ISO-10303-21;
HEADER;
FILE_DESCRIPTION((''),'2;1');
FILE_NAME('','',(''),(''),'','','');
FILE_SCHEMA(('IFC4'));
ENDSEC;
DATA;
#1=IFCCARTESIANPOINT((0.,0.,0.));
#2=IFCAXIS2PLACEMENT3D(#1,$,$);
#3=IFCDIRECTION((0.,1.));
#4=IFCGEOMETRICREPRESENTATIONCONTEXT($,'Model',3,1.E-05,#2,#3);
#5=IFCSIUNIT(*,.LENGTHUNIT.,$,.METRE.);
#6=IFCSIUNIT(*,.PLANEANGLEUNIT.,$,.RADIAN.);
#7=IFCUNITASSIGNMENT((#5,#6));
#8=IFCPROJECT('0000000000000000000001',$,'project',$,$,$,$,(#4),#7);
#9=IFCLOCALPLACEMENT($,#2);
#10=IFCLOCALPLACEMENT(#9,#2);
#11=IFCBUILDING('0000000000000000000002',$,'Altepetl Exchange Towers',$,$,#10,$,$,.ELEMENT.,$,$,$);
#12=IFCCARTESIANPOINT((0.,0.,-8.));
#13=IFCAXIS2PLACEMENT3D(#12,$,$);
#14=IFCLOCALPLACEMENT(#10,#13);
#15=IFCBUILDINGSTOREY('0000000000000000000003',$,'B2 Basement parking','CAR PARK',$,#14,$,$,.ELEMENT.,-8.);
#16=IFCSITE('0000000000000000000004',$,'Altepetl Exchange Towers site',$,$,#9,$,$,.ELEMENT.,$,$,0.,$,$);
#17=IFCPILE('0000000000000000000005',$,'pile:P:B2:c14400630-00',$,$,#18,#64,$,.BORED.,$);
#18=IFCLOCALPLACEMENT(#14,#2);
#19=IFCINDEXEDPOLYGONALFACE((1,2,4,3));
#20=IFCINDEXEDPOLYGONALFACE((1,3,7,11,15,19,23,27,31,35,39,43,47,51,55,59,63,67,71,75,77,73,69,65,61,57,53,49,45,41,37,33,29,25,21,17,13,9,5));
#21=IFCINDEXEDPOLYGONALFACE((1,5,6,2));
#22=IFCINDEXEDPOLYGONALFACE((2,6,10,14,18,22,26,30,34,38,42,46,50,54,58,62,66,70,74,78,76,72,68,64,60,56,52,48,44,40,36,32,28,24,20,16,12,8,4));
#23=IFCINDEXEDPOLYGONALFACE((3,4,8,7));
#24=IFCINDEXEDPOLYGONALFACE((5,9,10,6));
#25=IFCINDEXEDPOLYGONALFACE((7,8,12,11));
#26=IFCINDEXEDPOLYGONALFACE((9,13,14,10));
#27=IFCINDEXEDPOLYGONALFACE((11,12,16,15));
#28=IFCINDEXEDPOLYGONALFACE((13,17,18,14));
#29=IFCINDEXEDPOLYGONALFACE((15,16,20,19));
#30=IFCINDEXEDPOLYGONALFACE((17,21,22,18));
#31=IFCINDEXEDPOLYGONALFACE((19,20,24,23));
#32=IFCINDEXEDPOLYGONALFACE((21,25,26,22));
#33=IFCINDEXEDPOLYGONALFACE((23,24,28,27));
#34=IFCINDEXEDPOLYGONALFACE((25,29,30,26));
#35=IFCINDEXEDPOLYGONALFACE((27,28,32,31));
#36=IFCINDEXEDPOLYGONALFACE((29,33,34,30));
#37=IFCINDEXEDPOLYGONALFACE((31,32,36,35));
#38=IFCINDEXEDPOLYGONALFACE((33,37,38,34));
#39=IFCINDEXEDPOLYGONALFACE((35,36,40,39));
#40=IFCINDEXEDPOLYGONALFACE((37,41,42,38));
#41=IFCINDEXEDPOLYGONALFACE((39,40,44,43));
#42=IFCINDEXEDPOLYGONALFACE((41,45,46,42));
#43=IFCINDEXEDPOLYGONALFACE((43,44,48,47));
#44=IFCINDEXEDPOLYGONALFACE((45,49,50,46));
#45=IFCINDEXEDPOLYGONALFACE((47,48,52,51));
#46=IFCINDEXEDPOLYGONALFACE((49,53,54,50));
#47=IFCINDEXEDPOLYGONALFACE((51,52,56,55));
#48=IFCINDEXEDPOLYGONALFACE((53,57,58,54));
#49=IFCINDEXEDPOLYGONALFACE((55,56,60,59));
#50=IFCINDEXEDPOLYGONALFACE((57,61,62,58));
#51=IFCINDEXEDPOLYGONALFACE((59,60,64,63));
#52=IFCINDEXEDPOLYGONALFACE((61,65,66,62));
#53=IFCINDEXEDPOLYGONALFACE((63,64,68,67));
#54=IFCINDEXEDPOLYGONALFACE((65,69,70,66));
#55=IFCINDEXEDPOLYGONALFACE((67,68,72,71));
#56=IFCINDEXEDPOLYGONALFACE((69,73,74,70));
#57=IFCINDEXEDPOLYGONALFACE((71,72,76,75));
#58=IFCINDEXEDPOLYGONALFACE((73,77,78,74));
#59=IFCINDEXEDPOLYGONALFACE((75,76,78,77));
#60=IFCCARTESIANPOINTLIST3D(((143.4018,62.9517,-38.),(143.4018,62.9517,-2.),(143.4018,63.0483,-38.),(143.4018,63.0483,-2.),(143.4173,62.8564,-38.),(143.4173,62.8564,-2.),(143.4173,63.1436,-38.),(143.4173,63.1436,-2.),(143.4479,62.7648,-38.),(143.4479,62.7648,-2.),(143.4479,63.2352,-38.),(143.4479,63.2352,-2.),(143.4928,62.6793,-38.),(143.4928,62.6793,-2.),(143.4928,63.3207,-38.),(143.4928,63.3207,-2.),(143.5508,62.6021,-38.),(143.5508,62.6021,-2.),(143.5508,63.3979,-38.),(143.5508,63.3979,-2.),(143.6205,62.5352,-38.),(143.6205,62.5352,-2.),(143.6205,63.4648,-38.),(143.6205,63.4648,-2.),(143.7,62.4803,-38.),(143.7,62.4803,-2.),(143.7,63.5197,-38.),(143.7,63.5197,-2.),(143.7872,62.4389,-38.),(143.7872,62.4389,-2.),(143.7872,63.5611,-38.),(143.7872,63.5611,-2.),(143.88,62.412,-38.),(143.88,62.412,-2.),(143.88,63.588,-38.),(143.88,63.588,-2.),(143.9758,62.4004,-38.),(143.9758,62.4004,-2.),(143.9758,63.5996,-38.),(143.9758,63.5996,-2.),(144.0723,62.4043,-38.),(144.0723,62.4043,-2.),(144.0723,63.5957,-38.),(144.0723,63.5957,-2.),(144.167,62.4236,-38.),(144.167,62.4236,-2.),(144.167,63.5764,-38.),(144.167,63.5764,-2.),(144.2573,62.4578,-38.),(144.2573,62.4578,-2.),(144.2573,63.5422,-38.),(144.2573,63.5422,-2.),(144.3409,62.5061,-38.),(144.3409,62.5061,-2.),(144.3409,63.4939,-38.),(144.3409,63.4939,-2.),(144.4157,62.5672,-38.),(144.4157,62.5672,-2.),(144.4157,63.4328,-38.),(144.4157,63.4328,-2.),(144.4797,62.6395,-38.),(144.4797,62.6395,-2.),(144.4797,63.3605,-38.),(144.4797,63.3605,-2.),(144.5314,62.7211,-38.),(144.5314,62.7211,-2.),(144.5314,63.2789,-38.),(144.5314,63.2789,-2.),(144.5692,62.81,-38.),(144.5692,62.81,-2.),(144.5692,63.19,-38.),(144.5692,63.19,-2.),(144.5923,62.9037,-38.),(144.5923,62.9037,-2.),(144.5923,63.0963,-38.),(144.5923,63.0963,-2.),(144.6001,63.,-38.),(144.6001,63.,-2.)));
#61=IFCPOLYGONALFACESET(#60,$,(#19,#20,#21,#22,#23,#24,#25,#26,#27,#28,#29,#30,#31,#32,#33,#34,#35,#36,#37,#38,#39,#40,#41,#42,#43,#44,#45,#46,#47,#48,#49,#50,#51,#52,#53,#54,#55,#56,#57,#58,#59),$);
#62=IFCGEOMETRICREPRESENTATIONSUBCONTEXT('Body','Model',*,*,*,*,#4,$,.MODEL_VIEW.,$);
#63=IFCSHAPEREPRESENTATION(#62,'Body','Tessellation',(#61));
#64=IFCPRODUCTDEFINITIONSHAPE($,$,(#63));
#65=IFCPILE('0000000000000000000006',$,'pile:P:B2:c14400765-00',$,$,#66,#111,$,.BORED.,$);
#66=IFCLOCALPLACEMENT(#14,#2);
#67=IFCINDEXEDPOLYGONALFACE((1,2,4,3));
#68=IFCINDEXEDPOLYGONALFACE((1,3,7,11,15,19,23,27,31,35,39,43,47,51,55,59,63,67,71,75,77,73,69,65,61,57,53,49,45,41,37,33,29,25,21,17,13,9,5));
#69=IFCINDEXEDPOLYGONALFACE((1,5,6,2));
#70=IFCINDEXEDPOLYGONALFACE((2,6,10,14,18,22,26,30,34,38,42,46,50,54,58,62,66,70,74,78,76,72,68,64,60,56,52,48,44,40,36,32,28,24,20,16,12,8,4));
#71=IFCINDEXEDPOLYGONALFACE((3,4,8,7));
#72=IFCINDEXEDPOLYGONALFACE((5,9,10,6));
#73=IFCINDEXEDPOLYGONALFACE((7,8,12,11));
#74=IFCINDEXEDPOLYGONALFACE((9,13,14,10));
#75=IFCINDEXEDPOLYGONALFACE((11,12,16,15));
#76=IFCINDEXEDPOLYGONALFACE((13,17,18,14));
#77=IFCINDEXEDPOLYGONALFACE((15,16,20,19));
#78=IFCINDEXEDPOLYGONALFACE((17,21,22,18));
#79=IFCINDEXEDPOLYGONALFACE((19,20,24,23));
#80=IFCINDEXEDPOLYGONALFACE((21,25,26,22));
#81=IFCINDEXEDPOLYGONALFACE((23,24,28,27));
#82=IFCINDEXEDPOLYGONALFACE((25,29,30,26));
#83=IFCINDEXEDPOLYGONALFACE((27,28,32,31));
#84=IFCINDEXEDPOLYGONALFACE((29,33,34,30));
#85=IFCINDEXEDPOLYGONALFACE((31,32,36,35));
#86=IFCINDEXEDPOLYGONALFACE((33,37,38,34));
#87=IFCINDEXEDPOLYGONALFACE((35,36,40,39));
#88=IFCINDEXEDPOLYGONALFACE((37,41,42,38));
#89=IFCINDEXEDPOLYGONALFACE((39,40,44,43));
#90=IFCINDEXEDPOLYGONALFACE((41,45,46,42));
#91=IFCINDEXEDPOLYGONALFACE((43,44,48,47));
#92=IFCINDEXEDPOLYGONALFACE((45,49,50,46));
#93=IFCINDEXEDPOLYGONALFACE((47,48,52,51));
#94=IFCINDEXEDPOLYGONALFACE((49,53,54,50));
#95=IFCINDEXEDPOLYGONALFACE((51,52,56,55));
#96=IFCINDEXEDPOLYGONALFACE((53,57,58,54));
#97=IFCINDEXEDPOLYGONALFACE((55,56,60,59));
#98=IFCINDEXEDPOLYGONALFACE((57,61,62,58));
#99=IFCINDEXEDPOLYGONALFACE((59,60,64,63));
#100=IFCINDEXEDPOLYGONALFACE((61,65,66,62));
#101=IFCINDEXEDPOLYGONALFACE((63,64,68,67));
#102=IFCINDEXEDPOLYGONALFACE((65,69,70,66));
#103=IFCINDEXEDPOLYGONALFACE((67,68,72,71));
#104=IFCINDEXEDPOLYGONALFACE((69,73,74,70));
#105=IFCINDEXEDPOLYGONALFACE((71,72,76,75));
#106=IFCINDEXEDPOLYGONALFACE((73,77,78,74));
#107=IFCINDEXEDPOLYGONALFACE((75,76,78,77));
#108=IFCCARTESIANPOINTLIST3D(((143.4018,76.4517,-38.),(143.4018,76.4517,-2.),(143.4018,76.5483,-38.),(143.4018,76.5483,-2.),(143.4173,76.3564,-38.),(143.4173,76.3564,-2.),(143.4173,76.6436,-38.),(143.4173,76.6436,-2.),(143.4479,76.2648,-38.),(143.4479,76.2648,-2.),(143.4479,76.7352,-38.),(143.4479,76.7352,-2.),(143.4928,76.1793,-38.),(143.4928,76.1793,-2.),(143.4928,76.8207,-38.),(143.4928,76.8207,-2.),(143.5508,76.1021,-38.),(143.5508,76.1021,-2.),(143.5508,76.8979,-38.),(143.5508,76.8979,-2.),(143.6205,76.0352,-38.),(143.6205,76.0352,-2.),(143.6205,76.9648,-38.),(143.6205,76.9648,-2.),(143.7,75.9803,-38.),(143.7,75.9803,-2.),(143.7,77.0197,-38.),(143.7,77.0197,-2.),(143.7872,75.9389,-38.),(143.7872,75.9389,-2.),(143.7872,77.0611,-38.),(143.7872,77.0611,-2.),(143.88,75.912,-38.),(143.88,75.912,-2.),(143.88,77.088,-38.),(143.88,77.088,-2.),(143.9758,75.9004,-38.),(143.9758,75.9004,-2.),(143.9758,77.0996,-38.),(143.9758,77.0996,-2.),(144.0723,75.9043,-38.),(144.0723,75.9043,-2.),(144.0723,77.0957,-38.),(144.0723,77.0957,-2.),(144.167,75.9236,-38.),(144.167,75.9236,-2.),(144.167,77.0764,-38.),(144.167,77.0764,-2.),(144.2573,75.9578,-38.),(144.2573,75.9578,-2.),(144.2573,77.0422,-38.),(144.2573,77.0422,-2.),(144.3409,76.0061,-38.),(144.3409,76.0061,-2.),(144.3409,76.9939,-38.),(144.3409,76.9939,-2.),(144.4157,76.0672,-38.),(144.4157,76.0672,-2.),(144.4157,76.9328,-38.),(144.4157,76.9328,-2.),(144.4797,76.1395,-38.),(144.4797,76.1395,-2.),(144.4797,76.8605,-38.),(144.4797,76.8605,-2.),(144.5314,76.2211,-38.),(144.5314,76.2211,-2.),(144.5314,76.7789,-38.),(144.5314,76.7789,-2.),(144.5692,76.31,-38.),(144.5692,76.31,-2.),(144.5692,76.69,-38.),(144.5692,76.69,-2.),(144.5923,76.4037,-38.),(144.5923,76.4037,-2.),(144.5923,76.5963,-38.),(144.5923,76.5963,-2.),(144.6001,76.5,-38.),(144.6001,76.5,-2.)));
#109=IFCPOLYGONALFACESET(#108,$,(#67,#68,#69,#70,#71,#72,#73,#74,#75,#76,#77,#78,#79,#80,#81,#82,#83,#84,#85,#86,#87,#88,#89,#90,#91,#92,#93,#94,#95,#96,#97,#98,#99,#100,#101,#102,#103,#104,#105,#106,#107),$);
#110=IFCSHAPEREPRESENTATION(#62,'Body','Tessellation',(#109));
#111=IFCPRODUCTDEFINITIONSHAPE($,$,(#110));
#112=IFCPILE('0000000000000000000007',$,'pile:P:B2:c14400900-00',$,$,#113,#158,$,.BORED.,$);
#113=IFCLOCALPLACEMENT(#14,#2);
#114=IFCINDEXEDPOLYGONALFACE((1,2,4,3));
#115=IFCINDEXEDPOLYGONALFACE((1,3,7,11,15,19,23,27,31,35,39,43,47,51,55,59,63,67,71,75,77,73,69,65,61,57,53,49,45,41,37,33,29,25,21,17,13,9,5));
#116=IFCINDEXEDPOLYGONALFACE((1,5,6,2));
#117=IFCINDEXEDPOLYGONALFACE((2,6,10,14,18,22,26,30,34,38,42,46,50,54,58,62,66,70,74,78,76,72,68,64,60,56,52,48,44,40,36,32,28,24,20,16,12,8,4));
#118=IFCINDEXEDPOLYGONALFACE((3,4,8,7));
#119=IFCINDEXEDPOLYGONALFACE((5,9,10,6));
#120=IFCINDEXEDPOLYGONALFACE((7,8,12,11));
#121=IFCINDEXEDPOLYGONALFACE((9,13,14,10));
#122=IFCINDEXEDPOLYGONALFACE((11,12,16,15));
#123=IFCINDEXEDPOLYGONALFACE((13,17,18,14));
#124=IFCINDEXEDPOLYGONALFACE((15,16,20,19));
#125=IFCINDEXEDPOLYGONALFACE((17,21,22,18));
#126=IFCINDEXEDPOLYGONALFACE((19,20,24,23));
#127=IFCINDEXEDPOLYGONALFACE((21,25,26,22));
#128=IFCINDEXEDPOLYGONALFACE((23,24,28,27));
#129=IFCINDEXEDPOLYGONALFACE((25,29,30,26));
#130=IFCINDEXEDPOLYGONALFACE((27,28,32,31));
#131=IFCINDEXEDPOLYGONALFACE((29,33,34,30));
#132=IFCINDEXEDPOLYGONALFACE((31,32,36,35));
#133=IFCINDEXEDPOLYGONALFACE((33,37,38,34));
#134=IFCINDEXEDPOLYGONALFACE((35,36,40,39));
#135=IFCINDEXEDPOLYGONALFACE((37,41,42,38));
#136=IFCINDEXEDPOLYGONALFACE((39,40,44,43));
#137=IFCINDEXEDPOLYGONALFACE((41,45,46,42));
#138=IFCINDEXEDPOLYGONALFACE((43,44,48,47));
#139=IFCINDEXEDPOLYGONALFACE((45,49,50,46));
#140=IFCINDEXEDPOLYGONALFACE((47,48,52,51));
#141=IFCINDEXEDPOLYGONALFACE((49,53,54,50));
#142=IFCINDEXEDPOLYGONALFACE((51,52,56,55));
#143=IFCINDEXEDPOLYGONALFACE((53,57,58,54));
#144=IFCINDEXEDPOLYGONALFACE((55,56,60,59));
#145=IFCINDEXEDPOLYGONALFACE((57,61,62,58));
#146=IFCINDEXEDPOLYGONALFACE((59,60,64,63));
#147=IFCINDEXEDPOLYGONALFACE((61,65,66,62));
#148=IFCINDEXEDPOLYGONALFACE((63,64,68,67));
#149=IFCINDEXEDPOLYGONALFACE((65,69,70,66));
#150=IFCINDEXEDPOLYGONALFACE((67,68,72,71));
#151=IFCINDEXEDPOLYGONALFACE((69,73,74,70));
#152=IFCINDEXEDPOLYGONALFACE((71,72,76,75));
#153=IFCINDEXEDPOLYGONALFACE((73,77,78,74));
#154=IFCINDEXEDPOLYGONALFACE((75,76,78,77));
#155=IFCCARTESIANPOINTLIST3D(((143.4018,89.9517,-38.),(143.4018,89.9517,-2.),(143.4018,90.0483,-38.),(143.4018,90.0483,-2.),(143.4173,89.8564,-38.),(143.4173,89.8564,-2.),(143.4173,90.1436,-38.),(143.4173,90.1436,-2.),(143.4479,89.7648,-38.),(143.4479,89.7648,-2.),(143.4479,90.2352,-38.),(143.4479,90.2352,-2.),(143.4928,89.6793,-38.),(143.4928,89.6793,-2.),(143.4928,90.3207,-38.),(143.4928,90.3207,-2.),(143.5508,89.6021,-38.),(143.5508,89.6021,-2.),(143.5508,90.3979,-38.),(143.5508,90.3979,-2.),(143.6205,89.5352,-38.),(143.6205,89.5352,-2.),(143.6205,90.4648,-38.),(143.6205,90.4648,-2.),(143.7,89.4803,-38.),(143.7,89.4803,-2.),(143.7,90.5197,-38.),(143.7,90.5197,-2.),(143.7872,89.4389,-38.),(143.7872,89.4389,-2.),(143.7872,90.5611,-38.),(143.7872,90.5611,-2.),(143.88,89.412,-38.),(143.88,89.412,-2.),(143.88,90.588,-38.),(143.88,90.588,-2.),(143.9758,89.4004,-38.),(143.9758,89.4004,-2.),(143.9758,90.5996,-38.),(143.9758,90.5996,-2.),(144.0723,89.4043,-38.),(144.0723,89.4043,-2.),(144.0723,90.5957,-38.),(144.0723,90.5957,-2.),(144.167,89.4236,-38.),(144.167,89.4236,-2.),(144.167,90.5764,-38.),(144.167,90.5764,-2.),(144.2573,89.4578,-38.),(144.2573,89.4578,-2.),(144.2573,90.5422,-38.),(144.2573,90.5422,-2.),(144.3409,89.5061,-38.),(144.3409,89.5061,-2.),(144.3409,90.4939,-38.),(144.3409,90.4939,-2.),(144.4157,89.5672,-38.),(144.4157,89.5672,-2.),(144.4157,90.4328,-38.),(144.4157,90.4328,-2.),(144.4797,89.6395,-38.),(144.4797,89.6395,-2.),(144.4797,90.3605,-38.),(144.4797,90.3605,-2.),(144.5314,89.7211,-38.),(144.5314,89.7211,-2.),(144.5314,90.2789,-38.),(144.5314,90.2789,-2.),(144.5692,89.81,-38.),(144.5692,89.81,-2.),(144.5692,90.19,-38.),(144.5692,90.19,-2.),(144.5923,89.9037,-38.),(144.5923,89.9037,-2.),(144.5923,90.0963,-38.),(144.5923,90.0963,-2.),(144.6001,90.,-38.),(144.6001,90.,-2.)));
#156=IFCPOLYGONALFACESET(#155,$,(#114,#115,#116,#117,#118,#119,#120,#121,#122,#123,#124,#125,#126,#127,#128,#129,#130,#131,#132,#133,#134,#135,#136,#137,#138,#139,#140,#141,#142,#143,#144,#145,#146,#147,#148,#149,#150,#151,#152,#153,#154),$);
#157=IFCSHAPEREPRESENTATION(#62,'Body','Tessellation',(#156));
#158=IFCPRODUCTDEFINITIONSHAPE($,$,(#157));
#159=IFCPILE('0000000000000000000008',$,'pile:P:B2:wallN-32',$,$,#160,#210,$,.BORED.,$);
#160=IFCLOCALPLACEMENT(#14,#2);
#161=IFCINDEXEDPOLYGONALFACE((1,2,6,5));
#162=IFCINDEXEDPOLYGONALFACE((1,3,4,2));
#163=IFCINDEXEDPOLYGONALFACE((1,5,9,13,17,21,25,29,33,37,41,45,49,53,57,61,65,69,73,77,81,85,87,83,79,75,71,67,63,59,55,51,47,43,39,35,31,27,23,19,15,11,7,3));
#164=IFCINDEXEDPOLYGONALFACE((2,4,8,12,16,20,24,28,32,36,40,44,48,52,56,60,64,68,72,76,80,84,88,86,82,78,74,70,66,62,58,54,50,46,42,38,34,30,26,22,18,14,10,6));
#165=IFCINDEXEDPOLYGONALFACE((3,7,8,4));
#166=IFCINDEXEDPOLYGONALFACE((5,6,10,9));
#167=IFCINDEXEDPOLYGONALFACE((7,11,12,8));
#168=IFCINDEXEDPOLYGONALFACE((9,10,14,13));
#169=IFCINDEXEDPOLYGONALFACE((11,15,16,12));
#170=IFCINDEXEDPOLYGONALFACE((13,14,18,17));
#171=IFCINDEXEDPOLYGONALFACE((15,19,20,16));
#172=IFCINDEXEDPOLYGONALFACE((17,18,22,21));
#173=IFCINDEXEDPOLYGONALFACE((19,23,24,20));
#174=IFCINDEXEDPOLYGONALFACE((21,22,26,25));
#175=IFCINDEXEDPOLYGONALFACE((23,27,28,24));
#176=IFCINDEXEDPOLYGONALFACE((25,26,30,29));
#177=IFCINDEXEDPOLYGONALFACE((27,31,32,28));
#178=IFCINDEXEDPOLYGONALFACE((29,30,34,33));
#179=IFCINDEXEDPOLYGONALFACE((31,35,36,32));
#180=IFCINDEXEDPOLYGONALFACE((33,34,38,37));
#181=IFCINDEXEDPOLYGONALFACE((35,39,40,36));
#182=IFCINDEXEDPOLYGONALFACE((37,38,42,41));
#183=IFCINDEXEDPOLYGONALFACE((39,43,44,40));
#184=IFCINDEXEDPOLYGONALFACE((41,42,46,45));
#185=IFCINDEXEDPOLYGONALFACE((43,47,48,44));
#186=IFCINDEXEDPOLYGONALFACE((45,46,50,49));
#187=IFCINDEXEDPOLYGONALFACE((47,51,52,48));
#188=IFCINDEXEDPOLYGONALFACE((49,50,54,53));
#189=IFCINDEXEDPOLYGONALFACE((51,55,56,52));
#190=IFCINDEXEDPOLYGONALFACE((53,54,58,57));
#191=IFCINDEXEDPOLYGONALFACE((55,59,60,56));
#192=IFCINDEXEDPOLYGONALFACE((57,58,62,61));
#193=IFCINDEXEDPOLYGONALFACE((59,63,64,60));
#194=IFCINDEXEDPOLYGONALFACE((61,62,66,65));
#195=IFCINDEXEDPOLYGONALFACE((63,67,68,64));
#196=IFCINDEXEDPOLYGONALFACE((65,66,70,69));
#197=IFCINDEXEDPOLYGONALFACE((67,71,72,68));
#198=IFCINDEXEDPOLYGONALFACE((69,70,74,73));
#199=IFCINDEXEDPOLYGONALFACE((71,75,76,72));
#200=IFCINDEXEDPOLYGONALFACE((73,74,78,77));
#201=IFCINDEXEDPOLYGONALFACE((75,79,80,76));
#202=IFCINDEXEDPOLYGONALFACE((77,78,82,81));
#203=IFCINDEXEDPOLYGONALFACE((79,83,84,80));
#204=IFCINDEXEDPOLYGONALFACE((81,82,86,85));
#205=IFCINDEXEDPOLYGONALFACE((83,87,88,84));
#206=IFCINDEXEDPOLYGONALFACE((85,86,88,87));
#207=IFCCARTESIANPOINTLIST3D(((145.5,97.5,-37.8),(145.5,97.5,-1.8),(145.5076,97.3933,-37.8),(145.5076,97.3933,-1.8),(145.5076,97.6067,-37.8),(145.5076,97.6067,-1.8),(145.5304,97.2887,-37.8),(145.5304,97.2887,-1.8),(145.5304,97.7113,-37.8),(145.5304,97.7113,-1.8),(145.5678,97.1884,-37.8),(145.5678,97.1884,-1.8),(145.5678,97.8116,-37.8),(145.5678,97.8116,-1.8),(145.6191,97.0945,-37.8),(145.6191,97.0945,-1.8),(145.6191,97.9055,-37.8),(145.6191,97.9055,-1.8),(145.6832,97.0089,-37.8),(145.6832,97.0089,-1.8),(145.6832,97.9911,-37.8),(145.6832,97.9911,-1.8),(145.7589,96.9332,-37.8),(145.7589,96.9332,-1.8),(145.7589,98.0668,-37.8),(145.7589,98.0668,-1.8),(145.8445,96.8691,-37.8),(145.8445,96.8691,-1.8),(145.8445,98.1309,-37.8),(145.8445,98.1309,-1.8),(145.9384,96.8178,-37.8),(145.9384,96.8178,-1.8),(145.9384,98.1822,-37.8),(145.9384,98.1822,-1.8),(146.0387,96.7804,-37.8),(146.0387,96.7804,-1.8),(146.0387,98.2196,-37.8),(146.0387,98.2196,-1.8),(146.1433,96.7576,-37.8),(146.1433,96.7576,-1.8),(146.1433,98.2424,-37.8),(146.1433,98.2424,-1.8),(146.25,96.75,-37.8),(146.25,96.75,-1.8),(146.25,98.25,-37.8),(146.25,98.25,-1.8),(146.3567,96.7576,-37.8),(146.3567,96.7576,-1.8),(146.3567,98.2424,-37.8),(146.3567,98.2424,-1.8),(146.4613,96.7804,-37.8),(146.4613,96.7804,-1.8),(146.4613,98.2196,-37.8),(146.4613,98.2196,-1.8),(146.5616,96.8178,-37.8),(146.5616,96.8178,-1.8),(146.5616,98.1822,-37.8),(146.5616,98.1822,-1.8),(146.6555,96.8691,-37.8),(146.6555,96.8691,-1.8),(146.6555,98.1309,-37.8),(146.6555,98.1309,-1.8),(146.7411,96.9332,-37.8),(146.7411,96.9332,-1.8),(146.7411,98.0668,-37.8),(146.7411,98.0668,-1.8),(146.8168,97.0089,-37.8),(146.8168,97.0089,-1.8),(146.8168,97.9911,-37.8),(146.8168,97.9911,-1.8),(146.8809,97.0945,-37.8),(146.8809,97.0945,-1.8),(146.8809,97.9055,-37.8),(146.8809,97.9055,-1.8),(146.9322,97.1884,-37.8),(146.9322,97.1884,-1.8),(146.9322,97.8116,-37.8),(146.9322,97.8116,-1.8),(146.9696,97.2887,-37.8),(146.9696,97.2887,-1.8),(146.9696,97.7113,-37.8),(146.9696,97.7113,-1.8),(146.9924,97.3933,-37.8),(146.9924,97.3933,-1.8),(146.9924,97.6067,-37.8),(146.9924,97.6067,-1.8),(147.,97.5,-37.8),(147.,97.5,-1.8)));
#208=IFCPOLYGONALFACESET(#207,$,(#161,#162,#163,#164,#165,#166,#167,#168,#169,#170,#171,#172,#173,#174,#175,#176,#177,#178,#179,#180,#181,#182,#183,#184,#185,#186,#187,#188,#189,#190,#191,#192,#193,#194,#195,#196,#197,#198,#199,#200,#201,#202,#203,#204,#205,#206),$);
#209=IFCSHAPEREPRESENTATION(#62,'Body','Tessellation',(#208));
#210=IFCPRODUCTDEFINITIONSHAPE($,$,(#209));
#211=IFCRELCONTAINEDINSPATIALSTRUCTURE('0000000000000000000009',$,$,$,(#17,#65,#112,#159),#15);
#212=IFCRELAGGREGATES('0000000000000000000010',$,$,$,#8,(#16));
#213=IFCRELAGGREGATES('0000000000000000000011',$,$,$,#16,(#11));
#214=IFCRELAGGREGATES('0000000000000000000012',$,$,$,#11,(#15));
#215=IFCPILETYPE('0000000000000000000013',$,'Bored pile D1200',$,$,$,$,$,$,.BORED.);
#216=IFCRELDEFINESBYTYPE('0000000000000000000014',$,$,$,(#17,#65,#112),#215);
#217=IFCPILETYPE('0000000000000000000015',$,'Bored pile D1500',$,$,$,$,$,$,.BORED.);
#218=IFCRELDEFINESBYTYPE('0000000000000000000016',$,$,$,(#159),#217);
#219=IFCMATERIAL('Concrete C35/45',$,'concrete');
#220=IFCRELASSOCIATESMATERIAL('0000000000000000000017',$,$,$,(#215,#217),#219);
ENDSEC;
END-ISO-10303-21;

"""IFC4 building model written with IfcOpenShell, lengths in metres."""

from ifc_helpers import new_model, si_unit, direction, frame, origin, origin_2d, place, context, subcontext, project, spatial, circle, extrude, material, material_profile, profile_set, type_object, element, save


model = new_model("IFC4")

# Units and contexts
model_context = context("Model", 3, precision=1e-05, world=origin(), true_north=direction((0.0, 1.0)))
body_context = subcontext(model_context, "Body", "Model", "MODEL_VIEW")
ifc_project = project(units=[si_unit("LENGTHUNIT", "METRE"), si_unit("PLANEANGLEUNIT", "RADIAN")], contexts=[model_context])

# Site, building, storey
site_placement = place(None, origin())
site = spatial("IfcSite", under=ifc_project, at=site_placement, Name="Altepetl Exchange Towers site", CompositionType="ELEMENT", RefElevation=0.0)
building_placement = place(site_placement, origin())
building = spatial("IfcBuilding", under=site, at=building_placement, Name="Altepetl Exchange Towers", CompositionType="ELEMENT")
storey_placement = place(building_placement, frame((0.0, 0.0, -8.0)))
storey = spatial("IfcBuildingStorey", under=building, at=storey_placement, Name="B2 Basement parking", Description="CAR PARK", CompositionType="ELEMENT", Elevation=-8.0)

# Piles
ifc_material_1 = material(Name="Concrete C35/45", Category="concrete")
ifc_material_profile_1 = material_profile(ifc_material_1, circle(Radius=0.6001, at=origin_2d()), Name="D1200")
ifc_profile_set_1 = profile_set([ifc_material_profile_1], Name="Concrete C35/45")
pile_type_1 = type_object("IfcPileType", Name="Bored pile D1200", PredefinedType="BORED", material=ifc_profile_set_1)
for number, where, z_axis, x_axis, name in (
    (1, (144.0, 63.0, -2.0), (0.0, 0.0, -1.0), (1.0, 0.0, 0.0), "pile:P:B2:c14400630-00"),
    (2, (144.0, 76.5, -2.0), (0.0, 0.0, -1.0), (1.0, 0.0, 0.0), "pile:P:B2:c14400765-00"),
    (3, (144.0, 90.0, -2.0), (0.0, 0.0, -1.0), (1.0, 0.0, 0.0), "pile:P:B2:c14400900-00"),
):
    element("IfcPile", number, at=place(storey_placement, frame(where, z_axis=z_axis, x_axis=x_axis)), inside=storey, type_object=pile_type_1, Name=name, PredefinedType="BORED", context=body_context, shape_type="SweptSolid", body=[
        extrude(circle(Radius=0.6001, at=origin_2d()), origin(), (0.0, 0.0, 1.0), 36.0),
    ])
ifc_material_profile_2 = material_profile(ifc_material_1, circle(Radius=0.75, at=origin_2d()), Name="D1500")
ifc_profile_set_2 = profile_set([ifc_material_profile_2], Name="Concrete C35/45")
pile_type_2 = type_object("IfcPileType", Name="Bored pile D1500", PredefinedType="BORED", material=ifc_profile_set_2)
for number, where, z_axis, x_axis, name in (
    (4, (146.25, 97.5, -1.8), (0.0, 0.0, -1.0), (1.0, 0.0, 0.0), "pile:P:B2:wallN-32"),
):
    element("IfcPile", number, at=place(storey_placement, frame(where, z_axis=z_axis, x_axis=x_axis)), inside=storey, type_object=pile_type_2, Name=name, PredefinedType="BORED", context=body_context, shape_type="SweptSolid", body=[
        extrude(circle(Radius=0.75, at=origin_2d()), origin(), (0.0, 0.0, 1.0), 36.0),
    ])

save(model, "model.ifc")
